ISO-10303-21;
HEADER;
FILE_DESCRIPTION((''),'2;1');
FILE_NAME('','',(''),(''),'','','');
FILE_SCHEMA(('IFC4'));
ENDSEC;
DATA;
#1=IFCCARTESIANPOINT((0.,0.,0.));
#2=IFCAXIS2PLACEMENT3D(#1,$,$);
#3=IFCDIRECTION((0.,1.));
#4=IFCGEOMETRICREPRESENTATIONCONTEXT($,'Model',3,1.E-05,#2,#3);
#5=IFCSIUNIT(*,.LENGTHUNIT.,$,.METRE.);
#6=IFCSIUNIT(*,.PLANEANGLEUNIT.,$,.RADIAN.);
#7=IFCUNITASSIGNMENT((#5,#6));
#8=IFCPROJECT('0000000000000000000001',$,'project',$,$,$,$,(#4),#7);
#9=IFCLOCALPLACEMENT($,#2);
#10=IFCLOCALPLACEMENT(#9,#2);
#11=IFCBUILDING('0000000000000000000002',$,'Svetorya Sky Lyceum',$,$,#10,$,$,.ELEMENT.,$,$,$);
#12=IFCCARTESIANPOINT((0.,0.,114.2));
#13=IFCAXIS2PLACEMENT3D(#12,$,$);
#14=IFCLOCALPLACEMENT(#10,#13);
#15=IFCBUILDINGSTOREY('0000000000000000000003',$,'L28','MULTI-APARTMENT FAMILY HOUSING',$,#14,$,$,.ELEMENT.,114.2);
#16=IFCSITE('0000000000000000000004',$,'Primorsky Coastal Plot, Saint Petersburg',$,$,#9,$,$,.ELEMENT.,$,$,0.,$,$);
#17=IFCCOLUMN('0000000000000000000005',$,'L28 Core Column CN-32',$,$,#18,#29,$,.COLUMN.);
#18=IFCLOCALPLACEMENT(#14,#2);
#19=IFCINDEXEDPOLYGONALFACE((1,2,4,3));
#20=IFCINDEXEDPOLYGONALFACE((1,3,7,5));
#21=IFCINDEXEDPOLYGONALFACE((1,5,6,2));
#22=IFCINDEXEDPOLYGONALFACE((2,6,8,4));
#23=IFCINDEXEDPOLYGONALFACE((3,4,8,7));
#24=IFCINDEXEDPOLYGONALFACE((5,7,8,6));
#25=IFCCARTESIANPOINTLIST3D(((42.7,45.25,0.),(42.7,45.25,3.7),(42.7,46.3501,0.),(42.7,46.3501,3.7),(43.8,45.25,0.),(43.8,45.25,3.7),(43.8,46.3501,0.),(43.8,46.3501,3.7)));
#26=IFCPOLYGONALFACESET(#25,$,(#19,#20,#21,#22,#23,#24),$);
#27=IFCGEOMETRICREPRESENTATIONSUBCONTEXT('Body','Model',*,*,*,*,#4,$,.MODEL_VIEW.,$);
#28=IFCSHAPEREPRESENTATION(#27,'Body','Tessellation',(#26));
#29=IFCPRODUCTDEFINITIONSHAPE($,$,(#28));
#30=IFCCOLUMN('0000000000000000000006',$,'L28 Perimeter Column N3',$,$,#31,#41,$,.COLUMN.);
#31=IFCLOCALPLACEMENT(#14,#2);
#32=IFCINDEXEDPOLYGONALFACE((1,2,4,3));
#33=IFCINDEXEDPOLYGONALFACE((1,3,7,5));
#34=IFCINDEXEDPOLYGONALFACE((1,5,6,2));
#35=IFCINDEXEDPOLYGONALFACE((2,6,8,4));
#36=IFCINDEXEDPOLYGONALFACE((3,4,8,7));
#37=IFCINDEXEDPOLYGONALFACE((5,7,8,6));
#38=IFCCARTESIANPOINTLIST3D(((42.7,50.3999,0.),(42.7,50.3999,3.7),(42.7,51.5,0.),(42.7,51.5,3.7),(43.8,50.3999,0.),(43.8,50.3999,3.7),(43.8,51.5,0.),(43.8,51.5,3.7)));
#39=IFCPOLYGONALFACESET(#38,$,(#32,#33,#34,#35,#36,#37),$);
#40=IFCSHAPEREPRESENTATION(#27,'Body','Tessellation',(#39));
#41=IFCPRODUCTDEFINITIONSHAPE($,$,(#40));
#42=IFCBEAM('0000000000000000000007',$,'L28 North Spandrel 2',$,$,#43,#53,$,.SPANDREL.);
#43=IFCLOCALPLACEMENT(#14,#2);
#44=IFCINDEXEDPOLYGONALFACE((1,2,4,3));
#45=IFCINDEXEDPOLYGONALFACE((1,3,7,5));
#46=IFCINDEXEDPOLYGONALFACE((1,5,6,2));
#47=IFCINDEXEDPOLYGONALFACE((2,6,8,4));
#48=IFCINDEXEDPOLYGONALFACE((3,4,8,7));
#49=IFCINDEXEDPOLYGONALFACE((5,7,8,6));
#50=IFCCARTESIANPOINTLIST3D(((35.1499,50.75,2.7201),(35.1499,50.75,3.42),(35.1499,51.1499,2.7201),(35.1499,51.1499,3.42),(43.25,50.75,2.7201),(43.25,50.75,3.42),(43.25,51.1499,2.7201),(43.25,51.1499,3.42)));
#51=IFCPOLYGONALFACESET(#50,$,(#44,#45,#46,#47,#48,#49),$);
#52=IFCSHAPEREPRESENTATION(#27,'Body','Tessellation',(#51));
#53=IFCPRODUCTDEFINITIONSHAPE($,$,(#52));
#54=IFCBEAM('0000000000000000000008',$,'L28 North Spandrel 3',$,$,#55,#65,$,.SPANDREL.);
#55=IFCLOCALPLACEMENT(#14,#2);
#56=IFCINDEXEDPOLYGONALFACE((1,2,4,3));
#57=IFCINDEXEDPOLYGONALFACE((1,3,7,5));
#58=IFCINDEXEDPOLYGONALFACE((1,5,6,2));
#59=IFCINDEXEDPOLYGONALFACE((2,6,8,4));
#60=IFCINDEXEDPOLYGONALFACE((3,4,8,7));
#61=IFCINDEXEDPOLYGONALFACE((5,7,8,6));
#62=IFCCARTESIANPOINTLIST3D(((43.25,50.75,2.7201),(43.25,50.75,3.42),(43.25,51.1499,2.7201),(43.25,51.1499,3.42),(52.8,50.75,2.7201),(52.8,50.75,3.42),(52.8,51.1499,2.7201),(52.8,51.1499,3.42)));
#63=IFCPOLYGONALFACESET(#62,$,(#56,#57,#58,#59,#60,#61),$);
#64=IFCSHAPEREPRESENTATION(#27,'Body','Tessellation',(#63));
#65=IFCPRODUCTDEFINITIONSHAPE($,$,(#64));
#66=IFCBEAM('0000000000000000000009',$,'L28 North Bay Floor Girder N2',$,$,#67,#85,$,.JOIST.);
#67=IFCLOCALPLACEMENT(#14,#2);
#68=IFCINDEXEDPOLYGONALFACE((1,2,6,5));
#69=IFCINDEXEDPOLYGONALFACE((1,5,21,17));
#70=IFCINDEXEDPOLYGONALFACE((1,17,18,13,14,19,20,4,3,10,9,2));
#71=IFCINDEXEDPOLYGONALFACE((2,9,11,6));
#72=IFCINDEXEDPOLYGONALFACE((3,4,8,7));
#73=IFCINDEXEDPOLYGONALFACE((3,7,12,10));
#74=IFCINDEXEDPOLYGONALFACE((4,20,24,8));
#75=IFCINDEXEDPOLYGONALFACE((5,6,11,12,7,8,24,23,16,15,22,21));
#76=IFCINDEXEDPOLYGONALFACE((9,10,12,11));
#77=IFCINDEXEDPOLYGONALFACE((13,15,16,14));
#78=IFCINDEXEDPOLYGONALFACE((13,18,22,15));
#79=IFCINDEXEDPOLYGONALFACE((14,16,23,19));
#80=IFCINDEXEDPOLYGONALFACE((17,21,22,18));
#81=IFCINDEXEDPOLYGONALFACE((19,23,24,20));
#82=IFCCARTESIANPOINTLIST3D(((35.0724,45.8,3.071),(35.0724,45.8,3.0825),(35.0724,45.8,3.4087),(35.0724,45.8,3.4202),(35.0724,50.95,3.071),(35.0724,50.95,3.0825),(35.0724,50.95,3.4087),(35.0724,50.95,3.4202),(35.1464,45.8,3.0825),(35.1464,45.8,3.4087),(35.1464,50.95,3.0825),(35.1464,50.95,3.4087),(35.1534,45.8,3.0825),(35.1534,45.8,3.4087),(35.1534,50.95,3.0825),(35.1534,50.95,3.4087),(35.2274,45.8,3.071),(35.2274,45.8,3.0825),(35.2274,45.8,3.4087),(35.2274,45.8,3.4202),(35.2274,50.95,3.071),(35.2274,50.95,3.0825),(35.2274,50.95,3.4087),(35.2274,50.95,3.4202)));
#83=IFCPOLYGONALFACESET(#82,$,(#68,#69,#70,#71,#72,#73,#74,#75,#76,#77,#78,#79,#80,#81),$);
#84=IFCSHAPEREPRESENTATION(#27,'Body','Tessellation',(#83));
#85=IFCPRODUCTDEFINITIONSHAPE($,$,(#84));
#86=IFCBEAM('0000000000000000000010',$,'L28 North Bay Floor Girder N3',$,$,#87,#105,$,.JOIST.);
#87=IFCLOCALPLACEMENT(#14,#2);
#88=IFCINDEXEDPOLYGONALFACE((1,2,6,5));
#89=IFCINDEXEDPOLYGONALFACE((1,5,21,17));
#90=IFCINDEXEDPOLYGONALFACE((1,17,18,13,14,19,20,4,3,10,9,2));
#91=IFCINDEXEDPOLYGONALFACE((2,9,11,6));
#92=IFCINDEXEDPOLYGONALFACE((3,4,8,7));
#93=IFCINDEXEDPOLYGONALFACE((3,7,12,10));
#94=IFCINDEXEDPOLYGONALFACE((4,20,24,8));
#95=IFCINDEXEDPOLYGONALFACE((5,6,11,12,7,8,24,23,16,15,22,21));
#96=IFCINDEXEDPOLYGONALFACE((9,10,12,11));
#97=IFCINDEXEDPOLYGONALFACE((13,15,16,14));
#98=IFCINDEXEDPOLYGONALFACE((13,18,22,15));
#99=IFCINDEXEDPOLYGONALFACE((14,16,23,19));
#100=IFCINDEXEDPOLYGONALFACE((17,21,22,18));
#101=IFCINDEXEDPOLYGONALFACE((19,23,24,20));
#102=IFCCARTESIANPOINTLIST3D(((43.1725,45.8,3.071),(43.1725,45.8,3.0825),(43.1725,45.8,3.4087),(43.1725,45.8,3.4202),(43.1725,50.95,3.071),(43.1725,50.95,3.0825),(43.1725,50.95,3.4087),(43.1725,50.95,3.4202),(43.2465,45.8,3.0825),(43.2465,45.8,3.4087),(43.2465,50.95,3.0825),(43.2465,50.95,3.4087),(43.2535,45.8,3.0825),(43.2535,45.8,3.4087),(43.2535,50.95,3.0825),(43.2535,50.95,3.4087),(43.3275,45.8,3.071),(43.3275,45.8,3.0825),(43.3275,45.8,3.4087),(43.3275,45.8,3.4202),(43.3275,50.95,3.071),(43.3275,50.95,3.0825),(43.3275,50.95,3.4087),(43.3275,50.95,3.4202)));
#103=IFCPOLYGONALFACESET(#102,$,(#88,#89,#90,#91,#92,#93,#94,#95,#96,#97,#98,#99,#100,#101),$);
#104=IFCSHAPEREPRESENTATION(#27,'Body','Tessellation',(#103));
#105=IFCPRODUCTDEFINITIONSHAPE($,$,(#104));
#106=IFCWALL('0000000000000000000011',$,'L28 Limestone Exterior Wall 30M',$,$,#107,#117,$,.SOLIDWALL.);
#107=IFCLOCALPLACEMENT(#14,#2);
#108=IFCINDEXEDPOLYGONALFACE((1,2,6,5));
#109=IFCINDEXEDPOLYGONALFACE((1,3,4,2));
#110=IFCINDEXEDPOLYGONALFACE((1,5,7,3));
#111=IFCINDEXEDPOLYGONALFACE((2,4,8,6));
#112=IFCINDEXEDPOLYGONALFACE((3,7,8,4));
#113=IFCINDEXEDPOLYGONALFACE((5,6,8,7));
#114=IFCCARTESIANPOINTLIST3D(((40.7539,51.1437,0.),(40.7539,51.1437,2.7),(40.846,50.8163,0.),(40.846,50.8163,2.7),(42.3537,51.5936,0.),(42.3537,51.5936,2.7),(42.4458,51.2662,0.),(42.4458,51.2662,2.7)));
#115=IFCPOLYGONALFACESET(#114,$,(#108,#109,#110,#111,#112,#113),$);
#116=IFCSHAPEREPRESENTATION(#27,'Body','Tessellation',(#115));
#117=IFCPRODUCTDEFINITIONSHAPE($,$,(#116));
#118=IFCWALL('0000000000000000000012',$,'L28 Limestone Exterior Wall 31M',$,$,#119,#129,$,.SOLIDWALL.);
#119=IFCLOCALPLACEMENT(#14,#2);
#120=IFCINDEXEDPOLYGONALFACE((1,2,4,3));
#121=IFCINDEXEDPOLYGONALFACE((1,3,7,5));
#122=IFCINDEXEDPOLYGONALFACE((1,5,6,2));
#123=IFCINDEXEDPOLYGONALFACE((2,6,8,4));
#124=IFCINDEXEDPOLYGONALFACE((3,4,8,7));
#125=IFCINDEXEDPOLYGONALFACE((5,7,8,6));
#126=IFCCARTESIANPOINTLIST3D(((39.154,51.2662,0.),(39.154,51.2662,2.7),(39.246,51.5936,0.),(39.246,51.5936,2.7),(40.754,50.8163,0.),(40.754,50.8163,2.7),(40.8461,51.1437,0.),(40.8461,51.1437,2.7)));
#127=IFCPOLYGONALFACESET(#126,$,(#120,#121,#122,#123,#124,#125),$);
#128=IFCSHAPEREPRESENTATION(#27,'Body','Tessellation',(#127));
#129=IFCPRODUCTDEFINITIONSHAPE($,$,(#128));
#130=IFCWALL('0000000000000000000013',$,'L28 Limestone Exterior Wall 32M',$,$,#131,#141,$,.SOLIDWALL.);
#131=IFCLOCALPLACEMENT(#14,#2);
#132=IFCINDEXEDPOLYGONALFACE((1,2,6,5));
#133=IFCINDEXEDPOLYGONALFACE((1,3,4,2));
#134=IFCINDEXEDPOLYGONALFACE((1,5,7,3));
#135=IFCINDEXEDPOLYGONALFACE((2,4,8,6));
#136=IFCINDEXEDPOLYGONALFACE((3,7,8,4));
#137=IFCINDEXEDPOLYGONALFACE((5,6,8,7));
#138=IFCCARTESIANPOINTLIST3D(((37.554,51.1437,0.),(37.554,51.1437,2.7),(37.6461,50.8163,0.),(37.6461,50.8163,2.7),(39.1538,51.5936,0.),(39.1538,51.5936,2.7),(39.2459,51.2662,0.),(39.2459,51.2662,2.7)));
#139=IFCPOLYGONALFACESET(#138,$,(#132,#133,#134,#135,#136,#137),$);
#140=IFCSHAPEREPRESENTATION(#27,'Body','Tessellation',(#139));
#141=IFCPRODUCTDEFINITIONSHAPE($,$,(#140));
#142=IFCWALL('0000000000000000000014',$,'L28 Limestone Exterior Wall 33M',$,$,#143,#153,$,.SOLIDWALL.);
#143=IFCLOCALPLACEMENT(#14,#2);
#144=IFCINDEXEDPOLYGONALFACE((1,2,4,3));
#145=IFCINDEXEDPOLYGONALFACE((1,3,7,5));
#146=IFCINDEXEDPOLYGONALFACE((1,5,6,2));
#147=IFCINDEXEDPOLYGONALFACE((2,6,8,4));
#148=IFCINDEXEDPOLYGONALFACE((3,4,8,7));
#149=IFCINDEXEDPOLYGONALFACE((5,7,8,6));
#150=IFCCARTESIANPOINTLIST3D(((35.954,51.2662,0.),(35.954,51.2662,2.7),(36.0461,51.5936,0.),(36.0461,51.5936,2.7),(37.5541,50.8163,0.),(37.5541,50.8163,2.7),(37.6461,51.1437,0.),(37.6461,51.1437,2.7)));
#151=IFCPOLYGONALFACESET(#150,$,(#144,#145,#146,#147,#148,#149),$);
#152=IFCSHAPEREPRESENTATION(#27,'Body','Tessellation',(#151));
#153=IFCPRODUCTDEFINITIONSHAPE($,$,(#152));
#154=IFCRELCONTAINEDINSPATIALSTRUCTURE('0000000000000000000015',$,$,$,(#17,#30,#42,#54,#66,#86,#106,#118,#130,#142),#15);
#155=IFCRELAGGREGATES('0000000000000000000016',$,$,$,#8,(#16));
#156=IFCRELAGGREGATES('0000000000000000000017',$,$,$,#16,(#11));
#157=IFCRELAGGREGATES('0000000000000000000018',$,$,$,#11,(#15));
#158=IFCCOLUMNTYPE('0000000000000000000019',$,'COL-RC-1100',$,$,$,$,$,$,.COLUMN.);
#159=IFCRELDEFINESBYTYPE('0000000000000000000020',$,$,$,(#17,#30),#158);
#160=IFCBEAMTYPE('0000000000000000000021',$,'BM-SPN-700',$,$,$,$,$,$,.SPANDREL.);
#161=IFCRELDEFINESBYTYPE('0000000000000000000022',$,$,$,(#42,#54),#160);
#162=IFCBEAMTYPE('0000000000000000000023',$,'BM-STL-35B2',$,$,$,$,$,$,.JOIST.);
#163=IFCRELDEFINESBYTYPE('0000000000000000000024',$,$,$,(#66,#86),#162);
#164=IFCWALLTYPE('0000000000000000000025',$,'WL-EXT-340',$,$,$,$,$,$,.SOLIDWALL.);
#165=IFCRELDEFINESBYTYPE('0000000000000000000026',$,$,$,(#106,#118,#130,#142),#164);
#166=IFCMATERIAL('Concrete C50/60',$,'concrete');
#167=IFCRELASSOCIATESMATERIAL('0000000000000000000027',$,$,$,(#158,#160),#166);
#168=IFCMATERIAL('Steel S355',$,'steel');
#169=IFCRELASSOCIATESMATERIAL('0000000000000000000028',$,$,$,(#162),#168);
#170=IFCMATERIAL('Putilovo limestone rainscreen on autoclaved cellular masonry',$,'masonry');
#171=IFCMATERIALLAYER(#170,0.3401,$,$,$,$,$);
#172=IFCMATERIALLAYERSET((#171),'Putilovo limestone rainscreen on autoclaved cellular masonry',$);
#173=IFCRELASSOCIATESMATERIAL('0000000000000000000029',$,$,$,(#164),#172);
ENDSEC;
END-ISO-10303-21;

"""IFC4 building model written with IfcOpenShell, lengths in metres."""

from ifc_helpers import new_model, si_unit, direction, frame, frame_2d, origin, origin_2d, place, context, subcontext, project, spatial, rectangle, i_section, extrude, material, layer, layer_set, material_profile, profile_set, type_object, element, save


model = new_model("IFC4")

# Units and contexts
model_context = context("Model", 3, precision=1e-05, world=origin(), true_north=direction((0.0, 1.0)))
body_context = subcontext(model_context, "Body", "Model", "MODEL_VIEW")
ifc_project = project(units=[si_unit("LENGTHUNIT", "METRE"), si_unit("PLANEANGLEUNIT", "RADIAN")], contexts=[model_context])

# Site, building, storey
site_placement = place(None, origin())
site = spatial("IfcSite", under=ifc_project, at=site_placement, Name="Primorsky Coastal Plot, Saint Petersburg", CompositionType="ELEMENT", RefElevation=0.0)
building_placement = place(site_placement, origin())
building = spatial("IfcBuilding", under=site, at=building_placement, Name="Svetorya Sky Lyceum", CompositionType="ELEMENT")
storey_placement = place(building_placement, frame((0.0, 0.0, 114.2)))
storey = spatial("IfcBuildingStorey", under=building, at=storey_placement, Name="L28", Description="MULTI-APARTMENT FAMILY HOUSING", CompositionType="ELEMENT", Elevation=114.2)

# Columns
ifc_material_1 = material(Name="Concrete C50/60", Category="concrete")
ifc_material_profile_1 = material_profile(ifc_material_1, rectangle(XDim=1.1001, YDim=1.1001, at=origin_2d()), Name="RC COL 1100x1100")
ifc_profile_set_1 = profile_set([ifc_material_profile_1], Name="Concrete C50/60")
column_type = type_object("IfcColumnType", Name="COL-RC-1100", PredefinedType="COLUMN", material=ifc_profile_set_1)
for number, where, z_axis, x_axis, name in (
    (1, (43.25, 45.8, 0.0), (0.0, 0.0, 1.0), (1.0, 0.0, 0.0), "L28 Core Column CN-32"),
    (2, (43.25, 50.95, 0.0), (0.0, 0.0, 1.0), (1.0, 0.0, 0.0), "L28 Perimeter Column N3"),
):
    element("IfcColumn", number, at=place(storey_placement, frame(where, z_axis=z_axis, x_axis=x_axis)), inside=storey, type_object=column_type, Name=name, PredefinedType="COLUMN", context=body_context, shape_type="SweptSolid", body=[
        extrude(rectangle(XDim=1.1001, YDim=1.1001, at=origin_2d()), origin(), (0.0, 0.0, 1.0), 3.7),
    ])

# Beams
ifc_material_profile_2 = material_profile(ifc_material_1, rectangle(XDim=0.3999, YDim=0.7, at=origin_2d()), Name="RC SPANDREL 400x700")
ifc_profile_set_2 = profile_set([ifc_material_profile_2], Name="Concrete C50/60")
beam_type_1 = type_object("IfcBeamType", Name="BM-SPN-700", PredefinedType="SPANDREL", material=ifc_profile_set_2)
beam_1_placement = place(storey_placement, frame((35.1499, 50.95, 3.0701), z_axis=(1.0, 0.0, 0.0), x_axis=(0.0, 1.0, 0.0)))
element("IfcBeam", 3, at=beam_1_placement, inside=storey, type_object=beam_type_1, Name="L28 North Spandrel 2", PredefinedType="SPANDREL", context=body_context, shape_type="SweptSolid", body=[
    extrude(rectangle(XDim=0.3999, YDim=0.7, at=origin_2d()), origin(), (0.0, 0.0, 1.0), 8.1001),
])
beam_2_placement = place(storey_placement, frame((43.25, 50.95, 3.0701), z_axis=(1.0, 0.0, 0.0), x_axis=(0.0, 1.0, 0.0)))
element("IfcBeam", 4, at=beam_2_placement, inside=storey, type_object=beam_type_1, Name="L28 North Spandrel 3", PredefinedType="SPANDREL", context=body_context, shape_type="SweptSolid", body=[
    extrude(rectangle(XDim=0.3999, YDim=0.7, at=origin_2d()), origin(), (0.0, 0.0, 1.0), 9.55),
])
ifc_material_2 = material(Name="Steel S355", Category="steel")
ifc_material_profile_3 = material_profile(ifc_material_2, i_section(OverallWidth=0.155, OverallDepth=0.3491, WebThickness=0.0071, FlangeThickness=0.0115, at=origin_2d()), Name="GOST 35B2")
ifc_profile_set_3 = profile_set([ifc_material_profile_3], Name="Steel S355")
beam_type_2 = type_object("IfcBeamType", Name="BM-STL-35B2", PredefinedType="JOIST", material=ifc_profile_set_3)
for number, where, z_axis, x_axis, name in (
    (5, (35.1499, 45.8, 3.2456), (0.0, 1.0, 0.0), (-1.0, 0.0, 0.0), "L28 North Bay Floor Girder N2"),
    (6, (43.25, 45.8, 3.2456), (0.0, 1.0, 0.0), (-1.0, 0.0, 0.0), "L28 North Bay Floor Girder N3"),
):
    element("IfcBeam", number, at=place(storey_placement, frame(where, z_axis=z_axis, x_axis=x_axis)), inside=storey, type_object=beam_type_2, Name=name, PredefinedType="JOIST", context=body_context, shape_type="SweptSolid", body=[
        extrude(i_section(OverallWidth=0.155, OverallDepth=0.3491, WebThickness=0.0071, FlangeThickness=0.0115, at=origin_2d()), origin(), (0.0, 0.0, 1.0), 5.1499),
    ])

# Walls
ifc_material_3 = material(Name="Putilovo limestone rainscreen on autoclaved cellular masonry", Category="masonry")
ifc_layer_1 = layer(ifc_material_3, 0.3401)
ifc_layer_set_1 = layer_set([ifc_layer_1], Name="Putilovo limestone rainscreen on autoclaved cellular masonry")
wall_type_1 = type_object("IfcWallType", Name="WL-EXT-340", PredefinedType="SOLIDWALL", material=ifc_layer_set_1)
wall_1_placement = place(storey_placement, frame((42.3999, 51.4299, 0.0), z_axis=(0.0, 0.0, 1.0), x_axis=(-0.962652, -0.270741, 0.0)))
element("IfcWall", 7, at=wall_1_placement, inside=storey, type_object=wall_type_1, Name="L28 Limestone Exterior Wall 30M", PredefinedType="SOLIDWALL", context=body_context, shape_type="SweptSolid", body=[
    extrude(rectangle(XDim=1.6619, YDim=0.3401, at=frame_2d((0.8311, 0.0))), origin(), (0.0, 0.0, 1.0), 2.7),
])
wall_2_placement = place(storey_placement, frame((40.8, 50.98, 0.0), z_axis=(0.0, 0.0, 1.0), x_axis=(-0.962663, 0.270703, 0.0)))
element("IfcWall", 8, at=wall_2_placement, inside=storey, type_object=wall_type_1, Name="L28 Limestone Exterior Wall 31M", PredefinedType="SOLIDWALL", context=body_context, shape_type="SweptSolid", body=[
    extrude(rectangle(XDim=1.6621, YDim=0.3401, at=frame_2d((0.8311, 0.0))), origin(), (0.0, 0.0, 1.0), 2.7),
])
wall_3_placement = place(storey_placement, frame((39.2, 51.4299, 0.0), z_axis=(0.0, 0.0, 1.0), x_axis=(-0.962652, -0.270741, 0.0)))
element("IfcWall", 9, at=wall_3_placement, inside=storey, type_object=wall_type_1, Name="L28 Limestone Exterior Wall 32M", PredefinedType="SOLIDWALL", context=body_context, shape_type="SweptSolid", body=[
    extrude(rectangle(XDim=1.6619, YDim=0.3401, at=frame_2d((0.8311, 0.0))), origin(), (0.0, 0.0, 1.0), 2.7),
])
wall_4_placement = place(storey_placement, frame((37.6001, 50.98, 0.0), z_axis=(0.0, 0.0, 1.0), x_axis=(-0.962663, 0.270703, 0.0)))
element("IfcWall", 10, at=wall_4_placement, inside=storey, type_object=wall_type_1, Name="L28 Limestone Exterior Wall 33M", PredefinedType="SOLIDWALL", context=body_context, shape_type="SweptSolid", body=[
    extrude(rectangle(XDim=1.6621, YDim=0.3401, at=frame_2d((0.8311, 0.0))), origin(), (0.0, 0.0, 1.0), 2.7),
])

save(model, "model.ifc")
